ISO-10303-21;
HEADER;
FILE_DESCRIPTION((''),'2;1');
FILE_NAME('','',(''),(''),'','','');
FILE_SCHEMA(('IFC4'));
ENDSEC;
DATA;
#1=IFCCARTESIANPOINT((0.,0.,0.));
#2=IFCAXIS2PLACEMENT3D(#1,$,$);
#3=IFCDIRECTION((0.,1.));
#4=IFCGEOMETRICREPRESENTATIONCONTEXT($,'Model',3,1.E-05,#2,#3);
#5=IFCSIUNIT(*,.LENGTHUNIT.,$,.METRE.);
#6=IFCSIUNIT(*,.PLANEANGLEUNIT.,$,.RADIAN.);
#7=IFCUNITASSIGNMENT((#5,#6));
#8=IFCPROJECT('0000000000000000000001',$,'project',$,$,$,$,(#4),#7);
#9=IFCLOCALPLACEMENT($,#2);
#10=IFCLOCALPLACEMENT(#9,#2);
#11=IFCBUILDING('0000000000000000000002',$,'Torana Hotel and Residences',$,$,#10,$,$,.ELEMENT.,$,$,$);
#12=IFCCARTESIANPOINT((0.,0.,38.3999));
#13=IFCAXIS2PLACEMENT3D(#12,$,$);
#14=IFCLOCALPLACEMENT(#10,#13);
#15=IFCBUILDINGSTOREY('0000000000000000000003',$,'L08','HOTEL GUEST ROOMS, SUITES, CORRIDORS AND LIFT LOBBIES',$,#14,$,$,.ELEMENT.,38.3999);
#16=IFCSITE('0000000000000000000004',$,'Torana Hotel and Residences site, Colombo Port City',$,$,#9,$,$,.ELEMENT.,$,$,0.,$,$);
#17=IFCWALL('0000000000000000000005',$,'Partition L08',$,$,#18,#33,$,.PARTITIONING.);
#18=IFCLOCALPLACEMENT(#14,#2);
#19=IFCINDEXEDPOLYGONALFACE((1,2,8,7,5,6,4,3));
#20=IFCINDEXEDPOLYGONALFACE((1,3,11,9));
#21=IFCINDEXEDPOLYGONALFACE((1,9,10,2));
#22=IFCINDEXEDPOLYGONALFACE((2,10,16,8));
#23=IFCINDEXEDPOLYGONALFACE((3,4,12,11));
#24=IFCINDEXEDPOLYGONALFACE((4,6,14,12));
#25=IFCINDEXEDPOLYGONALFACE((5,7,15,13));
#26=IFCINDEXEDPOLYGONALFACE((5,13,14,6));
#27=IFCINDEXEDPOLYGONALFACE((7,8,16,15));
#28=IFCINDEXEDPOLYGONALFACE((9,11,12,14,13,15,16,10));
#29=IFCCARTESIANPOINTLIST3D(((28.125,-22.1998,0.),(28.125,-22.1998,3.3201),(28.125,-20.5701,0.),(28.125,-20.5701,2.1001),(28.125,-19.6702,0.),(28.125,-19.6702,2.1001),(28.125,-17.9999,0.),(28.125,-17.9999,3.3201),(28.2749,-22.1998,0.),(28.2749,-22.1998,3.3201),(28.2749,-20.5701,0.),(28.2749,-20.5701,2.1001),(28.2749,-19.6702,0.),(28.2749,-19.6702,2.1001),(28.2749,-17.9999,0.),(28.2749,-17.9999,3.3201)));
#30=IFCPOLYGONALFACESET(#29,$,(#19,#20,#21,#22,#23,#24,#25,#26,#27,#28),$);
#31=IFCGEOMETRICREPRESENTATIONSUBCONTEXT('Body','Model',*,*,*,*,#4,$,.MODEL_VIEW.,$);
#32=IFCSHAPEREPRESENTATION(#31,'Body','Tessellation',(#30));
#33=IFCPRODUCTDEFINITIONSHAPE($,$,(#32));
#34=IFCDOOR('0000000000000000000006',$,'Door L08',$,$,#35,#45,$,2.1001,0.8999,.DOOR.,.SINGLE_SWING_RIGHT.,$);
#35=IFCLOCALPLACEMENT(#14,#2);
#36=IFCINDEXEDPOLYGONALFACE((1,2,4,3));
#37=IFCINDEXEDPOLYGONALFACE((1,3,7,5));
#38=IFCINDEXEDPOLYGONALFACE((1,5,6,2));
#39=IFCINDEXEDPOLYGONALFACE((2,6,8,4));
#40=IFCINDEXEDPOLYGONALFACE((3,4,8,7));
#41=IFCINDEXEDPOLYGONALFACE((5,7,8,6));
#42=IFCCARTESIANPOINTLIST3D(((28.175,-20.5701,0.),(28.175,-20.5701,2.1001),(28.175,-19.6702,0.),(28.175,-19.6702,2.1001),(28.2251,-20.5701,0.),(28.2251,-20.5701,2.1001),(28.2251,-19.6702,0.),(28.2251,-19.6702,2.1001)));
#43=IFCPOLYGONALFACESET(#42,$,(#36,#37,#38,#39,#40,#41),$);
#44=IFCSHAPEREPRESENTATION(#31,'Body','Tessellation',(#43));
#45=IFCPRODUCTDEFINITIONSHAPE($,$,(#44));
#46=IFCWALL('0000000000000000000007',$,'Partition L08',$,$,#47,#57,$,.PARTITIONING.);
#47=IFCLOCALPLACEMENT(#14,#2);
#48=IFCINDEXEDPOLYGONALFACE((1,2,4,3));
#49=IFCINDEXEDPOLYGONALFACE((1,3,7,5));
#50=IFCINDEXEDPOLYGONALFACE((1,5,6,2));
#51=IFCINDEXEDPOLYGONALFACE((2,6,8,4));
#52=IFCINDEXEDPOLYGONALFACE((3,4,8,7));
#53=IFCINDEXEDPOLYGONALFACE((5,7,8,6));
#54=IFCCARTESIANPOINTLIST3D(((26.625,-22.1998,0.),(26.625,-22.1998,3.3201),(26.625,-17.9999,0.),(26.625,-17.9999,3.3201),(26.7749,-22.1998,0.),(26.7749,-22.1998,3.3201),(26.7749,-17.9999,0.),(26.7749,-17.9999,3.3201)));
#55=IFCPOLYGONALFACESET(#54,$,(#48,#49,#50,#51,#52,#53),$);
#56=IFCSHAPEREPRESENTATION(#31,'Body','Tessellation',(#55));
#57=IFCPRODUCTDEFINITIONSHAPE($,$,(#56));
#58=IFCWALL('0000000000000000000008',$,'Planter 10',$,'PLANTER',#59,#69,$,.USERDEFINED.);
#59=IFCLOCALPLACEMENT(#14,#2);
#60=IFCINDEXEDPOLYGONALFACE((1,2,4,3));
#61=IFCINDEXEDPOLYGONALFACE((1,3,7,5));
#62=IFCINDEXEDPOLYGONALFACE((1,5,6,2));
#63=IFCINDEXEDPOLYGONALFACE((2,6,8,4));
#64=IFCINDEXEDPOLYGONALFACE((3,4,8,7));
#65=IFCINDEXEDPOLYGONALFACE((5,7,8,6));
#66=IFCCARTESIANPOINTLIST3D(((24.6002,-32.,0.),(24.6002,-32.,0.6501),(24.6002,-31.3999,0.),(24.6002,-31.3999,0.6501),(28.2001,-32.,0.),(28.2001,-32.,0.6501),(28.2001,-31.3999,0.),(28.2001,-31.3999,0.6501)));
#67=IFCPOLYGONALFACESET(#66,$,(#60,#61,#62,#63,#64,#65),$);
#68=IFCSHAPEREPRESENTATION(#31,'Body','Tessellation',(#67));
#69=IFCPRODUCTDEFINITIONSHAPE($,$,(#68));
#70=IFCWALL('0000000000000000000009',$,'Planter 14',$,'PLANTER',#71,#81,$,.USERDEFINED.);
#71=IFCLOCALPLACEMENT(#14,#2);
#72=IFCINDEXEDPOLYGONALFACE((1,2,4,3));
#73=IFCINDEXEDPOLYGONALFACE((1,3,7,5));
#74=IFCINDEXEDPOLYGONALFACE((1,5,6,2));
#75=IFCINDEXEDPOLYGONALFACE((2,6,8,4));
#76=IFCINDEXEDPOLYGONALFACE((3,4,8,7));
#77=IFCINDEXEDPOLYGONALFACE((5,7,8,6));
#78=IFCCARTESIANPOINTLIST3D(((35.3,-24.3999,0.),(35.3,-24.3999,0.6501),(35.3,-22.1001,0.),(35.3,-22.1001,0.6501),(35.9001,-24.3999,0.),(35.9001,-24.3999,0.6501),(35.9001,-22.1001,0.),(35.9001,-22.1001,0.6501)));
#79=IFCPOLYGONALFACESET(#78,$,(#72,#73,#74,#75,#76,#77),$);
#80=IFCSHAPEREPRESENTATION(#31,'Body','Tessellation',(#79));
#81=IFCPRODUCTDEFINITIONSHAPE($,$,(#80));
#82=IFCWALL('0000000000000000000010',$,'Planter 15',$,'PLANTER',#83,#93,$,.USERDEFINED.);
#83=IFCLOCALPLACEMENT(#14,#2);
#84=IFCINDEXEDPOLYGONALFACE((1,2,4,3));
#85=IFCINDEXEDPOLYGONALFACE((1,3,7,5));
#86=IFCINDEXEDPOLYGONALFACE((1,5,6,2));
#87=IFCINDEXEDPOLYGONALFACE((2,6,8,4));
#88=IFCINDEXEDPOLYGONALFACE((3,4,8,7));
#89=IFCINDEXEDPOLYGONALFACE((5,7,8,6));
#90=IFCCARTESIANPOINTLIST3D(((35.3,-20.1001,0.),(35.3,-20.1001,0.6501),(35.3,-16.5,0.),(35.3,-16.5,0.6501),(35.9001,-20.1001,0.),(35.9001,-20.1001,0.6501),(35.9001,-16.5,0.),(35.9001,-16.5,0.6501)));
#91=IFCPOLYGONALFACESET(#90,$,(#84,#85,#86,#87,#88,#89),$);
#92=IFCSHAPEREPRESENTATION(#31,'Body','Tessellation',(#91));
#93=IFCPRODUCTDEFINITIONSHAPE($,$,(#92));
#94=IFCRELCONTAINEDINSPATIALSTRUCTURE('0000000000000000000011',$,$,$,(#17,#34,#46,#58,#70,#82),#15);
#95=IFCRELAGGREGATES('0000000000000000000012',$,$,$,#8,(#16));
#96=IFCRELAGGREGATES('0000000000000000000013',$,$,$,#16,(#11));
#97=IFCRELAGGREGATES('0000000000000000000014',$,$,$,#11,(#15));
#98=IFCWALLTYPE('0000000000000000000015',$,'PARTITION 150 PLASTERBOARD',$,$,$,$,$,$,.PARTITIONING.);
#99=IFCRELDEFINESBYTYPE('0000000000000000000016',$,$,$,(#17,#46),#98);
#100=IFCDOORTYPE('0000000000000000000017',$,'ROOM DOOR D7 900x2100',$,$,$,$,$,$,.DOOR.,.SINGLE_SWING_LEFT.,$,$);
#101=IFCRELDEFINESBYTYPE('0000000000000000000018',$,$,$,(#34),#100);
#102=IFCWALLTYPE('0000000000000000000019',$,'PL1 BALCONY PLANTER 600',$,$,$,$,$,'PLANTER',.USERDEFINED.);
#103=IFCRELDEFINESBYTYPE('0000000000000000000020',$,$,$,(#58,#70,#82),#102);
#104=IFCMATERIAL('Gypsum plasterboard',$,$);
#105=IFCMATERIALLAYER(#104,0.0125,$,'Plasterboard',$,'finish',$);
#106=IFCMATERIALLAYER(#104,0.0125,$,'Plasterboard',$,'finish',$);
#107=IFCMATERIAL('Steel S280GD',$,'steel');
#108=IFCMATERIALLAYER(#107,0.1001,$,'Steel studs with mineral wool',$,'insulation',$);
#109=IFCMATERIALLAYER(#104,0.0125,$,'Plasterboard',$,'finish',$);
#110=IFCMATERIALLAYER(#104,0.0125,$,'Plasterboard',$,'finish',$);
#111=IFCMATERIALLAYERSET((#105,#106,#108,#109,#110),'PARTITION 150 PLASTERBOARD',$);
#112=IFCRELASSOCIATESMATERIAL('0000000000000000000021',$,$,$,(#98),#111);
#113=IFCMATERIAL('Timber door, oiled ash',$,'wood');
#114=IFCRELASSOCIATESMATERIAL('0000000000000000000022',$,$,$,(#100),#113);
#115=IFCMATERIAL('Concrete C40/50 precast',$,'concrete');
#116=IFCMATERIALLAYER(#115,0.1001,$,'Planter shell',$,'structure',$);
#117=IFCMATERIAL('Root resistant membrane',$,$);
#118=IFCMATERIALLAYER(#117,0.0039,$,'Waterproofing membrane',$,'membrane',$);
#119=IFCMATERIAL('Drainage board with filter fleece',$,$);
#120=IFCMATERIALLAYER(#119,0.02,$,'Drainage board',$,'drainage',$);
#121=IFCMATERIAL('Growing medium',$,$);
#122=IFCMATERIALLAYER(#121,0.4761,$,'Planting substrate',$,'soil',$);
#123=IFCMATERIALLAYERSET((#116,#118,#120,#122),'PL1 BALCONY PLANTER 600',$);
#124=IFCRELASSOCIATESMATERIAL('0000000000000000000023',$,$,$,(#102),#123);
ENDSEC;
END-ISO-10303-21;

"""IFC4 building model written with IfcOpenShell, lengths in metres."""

from ifc_helpers import new_model, si_unit, direction, frame, frame_2d, origin, place, context, subcontext, project, spatial, rectangle, extrude, material, layer, layer_set, type_object, element, fill, save


model = new_model("IFC4")

# Units and contexts
model_context = context("Model", 3, precision=1e-05, world=origin(), true_north=direction((0.0, 1.0)))
body_context = subcontext(model_context, "Body", "Model", "MODEL_VIEW")
ifc_project = project(units=[si_unit("LENGTHUNIT", "METRE"), si_unit("PLANEANGLEUNIT", "RADIAN")], contexts=[model_context])

# Site, building, storey
site_placement = place(None, origin())
site = spatial("IfcSite", under=ifc_project, at=site_placement, Name="Torana Hotel and Residences site, Colombo Port City", CompositionType="ELEMENT", RefElevation=0.0)
building_placement = place(site_placement, origin())
building = spatial("IfcBuilding", under=site, at=building_placement, Name="Torana Hotel and Residences", CompositionType="ELEMENT")
storey_placement = place(building_placement, frame((0.0, 0.0, 38.3999)))
storey = spatial("IfcBuildingStorey", under=building, at=storey_placement, Name="L08", Description="HOTEL GUEST ROOMS, SUITES, CORRIDORS AND LIFT LOBBIES", CompositionType="ELEMENT", Elevation=38.3999)

# Shared definitions
ifc_material_1 = material(Name="Steel S280GD", Category="steel")

# Wall, opening, door
ifc_material_2 = material(Name="Gypsum plasterboard")
ifc_layer_1 = layer(ifc_material_2, 0.0125, Name="Plasterboard", Category="finish")
ifc_layer_2 = layer(ifc_material_2, 0.0125, Name="Plasterboard", Category="finish")
ifc_layer_3 = layer(ifc_material_1, 0.1001, Name="Steel studs with mineral wool", Category="insulation")
ifc_layer_4 = layer(ifc_material_2, 0.0125, Name="Plasterboard", Category="finish")
ifc_layer_5 = layer(ifc_material_2, 0.0125, Name="Plasterboard", Category="finish")
ifc_layer_set_1 = layer_set([ifc_layer_1, ifc_layer_2, ifc_layer_3, ifc_layer_4, ifc_layer_5], Name="PARTITION 150 PLASTERBOARD")
wall_type_1 = type_object("IfcWallType", Name="PARTITION 150 PLASTERBOARD", PredefinedType="PARTITIONING", material=ifc_layer_set_1)
wall_1_placement = place(storey_placement, frame((28.2, -22.2, 0.0), z_axis=(0.0, 0.0, 1.0), x_axis=(0.0, 1.0, 0.0)))
wall_1 = element("IfcWall", 1, at=wall_1_placement, inside=storey, type_object=wall_type_1, Name="Partition L08", PredefinedType="PARTITIONING", context=body_context, shape_type="SweptSolid", body=[
    extrude(rectangle(XDim=4.2, YDim=0.1499, at=frame_2d((2.1001, 0.0))), origin(), (0.0, 0.0, 1.0), 3.3201),
])
opening_1_placement = place(wall_1_placement, frame((1.6299, 0.0, 0.0)))
opening_1 = element("IfcOpeningElement", 2, at=opening_1_placement, cuts=wall_1, PredefinedType="OPENING", context=body_context, shape_type="SweptSolid", body=[
    extrude(rectangle(XDim=0.8999, YDim=2.1001, at=frame_2d((0.45, 1.05))), frame((0.0, 0.085, 0.0), z_axis=(0.0, -1.0, 0.0), x_axis=(1.0, 0.0, 0.0)), (0.0, 0.0, 1.0), 0.1699),
])
ifc_material_3 = material(Name="Timber door, oiled ash", Category="wood")
door_type_1 = type_object("IfcDoorType", Name="ROOM DOOR D7 900x2100", OperationType="SINGLE_SWING_LEFT", PredefinedType="DOOR", material=ifc_material_3)
door_1_placement = place(opening_1_placement, origin())
door_1 = element("IfcDoor", 3, at=door_1_placement, inside=storey, type_object=door_type_1, Name="Door L08", OperationType="SINGLE_SWING_RIGHT", OverallHeight=2.1001, OverallWidth=0.8999, PredefinedType="DOOR", context=body_context, shape_type="SweptSolid", body=[
    extrude(rectangle(XDim=0.8999, YDim=2.1001, at=frame_2d((0.45, 1.05))), frame((0.0, 0.0249, 0.0), z_axis=(0.0, -1.0, 0.0), x_axis=(1.0, 0.0, 0.0)), (0.0, 0.0, 1.0), 0.05),
])
fill(opening_1, door_1)

# Walls
wall_2_placement = place(storey_placement, frame((26.7, -22.2, 0.0), z_axis=(0.0, 0.0, 1.0), x_axis=(0.0, 1.0, 0.0)))
element("IfcWall", 4, at=wall_2_placement, inside=storey, type_object=wall_type_1, Name="Partition L08", PredefinedType="PARTITIONING", context=body_context, shape_type="SweptSolid", body=[
    extrude(rectangle(XDim=4.2, YDim=0.1499, at=frame_2d((2.1001, 0.0))), origin(), (0.0, 0.0, 1.0), 3.3201),
])
ifc_material_4 = material(Name="Concrete C40/50 precast", Category="concrete")
ifc_layer_6 = layer(ifc_material_4, 0.1001, Name="Planter shell", Category="structure")
ifc_material_5 = material(Name="Root resistant membrane")
ifc_layer_7 = layer(ifc_material_5, 0.0039, Name="Waterproofing membrane", Category="membrane")
ifc_material_6 = material(Name="Drainage board with filter fleece")
ifc_layer_8 = layer(ifc_material_6, 0.02, Name="Drainage board", Category="drainage")
ifc_material_7 = material(Name="Growing medium")
ifc_layer_9 = layer(ifc_material_7, 0.4761, Name="Planting substrate", Category="soil")
ifc_layer_set_2 = layer_set([ifc_layer_6, ifc_layer_7, ifc_layer_8, ifc_layer_9], Name="PL1 BALCONY PLANTER 600")
wall_type_2 = type_object("IfcWallType", Name="PL1 BALCONY PLANTER 600", ElementType="PLANTER", PredefinedType="USERDEFINED", material=ifc_layer_set_2)
wall_3_placement = place(storey_placement, frame((28.2, -31.7, 0.0), z_axis=(0.0, 0.0, 1.0), x_axis=(-1.0, 0.0, 0.0)))
element("IfcWall", 5, at=wall_3_placement, inside=storey, type_object=wall_type_2, Name="Planter 10", ObjectType="PLANTER", PredefinedType="USERDEFINED", context=body_context, shape_type="SweptSolid", body=[
    extrude(rectangle(XDim=3.5999, YDim=0.6001, at=frame_2d((1.7998, 0.0))), origin(), (0.0, 0.0, 1.0), 0.6501),
])
wall_4_placement = place(storey_placement, frame((35.6001, -22.1001, 0.0), z_axis=(0.0, 0.0, 1.0), x_axis=(0.0, -1.0, 0.0)))
element("IfcWall", 6, at=wall_4_placement, inside=storey, type_object=wall_type_2, Name="Planter 14", ObjectType="PLANTER", PredefinedType="USERDEFINED", context=body_context, shape_type="SweptSolid", body=[
    extrude(rectangle(XDim=2.2998, YDim=0.6001, at=frame_2d((1.1499, 0.0))), origin(), (0.0, 0.0, 1.0), 0.6501),
])
wall_5_placement = place(storey_placement, frame((35.6001, -16.5, 0.0), z_axis=(0.0, 0.0, 1.0), x_axis=(0.0, -1.0, 0.0)))
element("IfcWall", 7, at=wall_5_placement, inside=storey, type_object=wall_type_2, Name="Planter 15", ObjectType="PLANTER", PredefinedType="USERDEFINED", context=body_context, shape_type="SweptSolid", body=[
    extrude(rectangle(XDim=3.6001, YDim=0.6001, at=frame_2d((1.8, 0.0))), origin(), (0.0, 0.0, 1.0), 0.6501),
])

save(model, "model.ifc")
